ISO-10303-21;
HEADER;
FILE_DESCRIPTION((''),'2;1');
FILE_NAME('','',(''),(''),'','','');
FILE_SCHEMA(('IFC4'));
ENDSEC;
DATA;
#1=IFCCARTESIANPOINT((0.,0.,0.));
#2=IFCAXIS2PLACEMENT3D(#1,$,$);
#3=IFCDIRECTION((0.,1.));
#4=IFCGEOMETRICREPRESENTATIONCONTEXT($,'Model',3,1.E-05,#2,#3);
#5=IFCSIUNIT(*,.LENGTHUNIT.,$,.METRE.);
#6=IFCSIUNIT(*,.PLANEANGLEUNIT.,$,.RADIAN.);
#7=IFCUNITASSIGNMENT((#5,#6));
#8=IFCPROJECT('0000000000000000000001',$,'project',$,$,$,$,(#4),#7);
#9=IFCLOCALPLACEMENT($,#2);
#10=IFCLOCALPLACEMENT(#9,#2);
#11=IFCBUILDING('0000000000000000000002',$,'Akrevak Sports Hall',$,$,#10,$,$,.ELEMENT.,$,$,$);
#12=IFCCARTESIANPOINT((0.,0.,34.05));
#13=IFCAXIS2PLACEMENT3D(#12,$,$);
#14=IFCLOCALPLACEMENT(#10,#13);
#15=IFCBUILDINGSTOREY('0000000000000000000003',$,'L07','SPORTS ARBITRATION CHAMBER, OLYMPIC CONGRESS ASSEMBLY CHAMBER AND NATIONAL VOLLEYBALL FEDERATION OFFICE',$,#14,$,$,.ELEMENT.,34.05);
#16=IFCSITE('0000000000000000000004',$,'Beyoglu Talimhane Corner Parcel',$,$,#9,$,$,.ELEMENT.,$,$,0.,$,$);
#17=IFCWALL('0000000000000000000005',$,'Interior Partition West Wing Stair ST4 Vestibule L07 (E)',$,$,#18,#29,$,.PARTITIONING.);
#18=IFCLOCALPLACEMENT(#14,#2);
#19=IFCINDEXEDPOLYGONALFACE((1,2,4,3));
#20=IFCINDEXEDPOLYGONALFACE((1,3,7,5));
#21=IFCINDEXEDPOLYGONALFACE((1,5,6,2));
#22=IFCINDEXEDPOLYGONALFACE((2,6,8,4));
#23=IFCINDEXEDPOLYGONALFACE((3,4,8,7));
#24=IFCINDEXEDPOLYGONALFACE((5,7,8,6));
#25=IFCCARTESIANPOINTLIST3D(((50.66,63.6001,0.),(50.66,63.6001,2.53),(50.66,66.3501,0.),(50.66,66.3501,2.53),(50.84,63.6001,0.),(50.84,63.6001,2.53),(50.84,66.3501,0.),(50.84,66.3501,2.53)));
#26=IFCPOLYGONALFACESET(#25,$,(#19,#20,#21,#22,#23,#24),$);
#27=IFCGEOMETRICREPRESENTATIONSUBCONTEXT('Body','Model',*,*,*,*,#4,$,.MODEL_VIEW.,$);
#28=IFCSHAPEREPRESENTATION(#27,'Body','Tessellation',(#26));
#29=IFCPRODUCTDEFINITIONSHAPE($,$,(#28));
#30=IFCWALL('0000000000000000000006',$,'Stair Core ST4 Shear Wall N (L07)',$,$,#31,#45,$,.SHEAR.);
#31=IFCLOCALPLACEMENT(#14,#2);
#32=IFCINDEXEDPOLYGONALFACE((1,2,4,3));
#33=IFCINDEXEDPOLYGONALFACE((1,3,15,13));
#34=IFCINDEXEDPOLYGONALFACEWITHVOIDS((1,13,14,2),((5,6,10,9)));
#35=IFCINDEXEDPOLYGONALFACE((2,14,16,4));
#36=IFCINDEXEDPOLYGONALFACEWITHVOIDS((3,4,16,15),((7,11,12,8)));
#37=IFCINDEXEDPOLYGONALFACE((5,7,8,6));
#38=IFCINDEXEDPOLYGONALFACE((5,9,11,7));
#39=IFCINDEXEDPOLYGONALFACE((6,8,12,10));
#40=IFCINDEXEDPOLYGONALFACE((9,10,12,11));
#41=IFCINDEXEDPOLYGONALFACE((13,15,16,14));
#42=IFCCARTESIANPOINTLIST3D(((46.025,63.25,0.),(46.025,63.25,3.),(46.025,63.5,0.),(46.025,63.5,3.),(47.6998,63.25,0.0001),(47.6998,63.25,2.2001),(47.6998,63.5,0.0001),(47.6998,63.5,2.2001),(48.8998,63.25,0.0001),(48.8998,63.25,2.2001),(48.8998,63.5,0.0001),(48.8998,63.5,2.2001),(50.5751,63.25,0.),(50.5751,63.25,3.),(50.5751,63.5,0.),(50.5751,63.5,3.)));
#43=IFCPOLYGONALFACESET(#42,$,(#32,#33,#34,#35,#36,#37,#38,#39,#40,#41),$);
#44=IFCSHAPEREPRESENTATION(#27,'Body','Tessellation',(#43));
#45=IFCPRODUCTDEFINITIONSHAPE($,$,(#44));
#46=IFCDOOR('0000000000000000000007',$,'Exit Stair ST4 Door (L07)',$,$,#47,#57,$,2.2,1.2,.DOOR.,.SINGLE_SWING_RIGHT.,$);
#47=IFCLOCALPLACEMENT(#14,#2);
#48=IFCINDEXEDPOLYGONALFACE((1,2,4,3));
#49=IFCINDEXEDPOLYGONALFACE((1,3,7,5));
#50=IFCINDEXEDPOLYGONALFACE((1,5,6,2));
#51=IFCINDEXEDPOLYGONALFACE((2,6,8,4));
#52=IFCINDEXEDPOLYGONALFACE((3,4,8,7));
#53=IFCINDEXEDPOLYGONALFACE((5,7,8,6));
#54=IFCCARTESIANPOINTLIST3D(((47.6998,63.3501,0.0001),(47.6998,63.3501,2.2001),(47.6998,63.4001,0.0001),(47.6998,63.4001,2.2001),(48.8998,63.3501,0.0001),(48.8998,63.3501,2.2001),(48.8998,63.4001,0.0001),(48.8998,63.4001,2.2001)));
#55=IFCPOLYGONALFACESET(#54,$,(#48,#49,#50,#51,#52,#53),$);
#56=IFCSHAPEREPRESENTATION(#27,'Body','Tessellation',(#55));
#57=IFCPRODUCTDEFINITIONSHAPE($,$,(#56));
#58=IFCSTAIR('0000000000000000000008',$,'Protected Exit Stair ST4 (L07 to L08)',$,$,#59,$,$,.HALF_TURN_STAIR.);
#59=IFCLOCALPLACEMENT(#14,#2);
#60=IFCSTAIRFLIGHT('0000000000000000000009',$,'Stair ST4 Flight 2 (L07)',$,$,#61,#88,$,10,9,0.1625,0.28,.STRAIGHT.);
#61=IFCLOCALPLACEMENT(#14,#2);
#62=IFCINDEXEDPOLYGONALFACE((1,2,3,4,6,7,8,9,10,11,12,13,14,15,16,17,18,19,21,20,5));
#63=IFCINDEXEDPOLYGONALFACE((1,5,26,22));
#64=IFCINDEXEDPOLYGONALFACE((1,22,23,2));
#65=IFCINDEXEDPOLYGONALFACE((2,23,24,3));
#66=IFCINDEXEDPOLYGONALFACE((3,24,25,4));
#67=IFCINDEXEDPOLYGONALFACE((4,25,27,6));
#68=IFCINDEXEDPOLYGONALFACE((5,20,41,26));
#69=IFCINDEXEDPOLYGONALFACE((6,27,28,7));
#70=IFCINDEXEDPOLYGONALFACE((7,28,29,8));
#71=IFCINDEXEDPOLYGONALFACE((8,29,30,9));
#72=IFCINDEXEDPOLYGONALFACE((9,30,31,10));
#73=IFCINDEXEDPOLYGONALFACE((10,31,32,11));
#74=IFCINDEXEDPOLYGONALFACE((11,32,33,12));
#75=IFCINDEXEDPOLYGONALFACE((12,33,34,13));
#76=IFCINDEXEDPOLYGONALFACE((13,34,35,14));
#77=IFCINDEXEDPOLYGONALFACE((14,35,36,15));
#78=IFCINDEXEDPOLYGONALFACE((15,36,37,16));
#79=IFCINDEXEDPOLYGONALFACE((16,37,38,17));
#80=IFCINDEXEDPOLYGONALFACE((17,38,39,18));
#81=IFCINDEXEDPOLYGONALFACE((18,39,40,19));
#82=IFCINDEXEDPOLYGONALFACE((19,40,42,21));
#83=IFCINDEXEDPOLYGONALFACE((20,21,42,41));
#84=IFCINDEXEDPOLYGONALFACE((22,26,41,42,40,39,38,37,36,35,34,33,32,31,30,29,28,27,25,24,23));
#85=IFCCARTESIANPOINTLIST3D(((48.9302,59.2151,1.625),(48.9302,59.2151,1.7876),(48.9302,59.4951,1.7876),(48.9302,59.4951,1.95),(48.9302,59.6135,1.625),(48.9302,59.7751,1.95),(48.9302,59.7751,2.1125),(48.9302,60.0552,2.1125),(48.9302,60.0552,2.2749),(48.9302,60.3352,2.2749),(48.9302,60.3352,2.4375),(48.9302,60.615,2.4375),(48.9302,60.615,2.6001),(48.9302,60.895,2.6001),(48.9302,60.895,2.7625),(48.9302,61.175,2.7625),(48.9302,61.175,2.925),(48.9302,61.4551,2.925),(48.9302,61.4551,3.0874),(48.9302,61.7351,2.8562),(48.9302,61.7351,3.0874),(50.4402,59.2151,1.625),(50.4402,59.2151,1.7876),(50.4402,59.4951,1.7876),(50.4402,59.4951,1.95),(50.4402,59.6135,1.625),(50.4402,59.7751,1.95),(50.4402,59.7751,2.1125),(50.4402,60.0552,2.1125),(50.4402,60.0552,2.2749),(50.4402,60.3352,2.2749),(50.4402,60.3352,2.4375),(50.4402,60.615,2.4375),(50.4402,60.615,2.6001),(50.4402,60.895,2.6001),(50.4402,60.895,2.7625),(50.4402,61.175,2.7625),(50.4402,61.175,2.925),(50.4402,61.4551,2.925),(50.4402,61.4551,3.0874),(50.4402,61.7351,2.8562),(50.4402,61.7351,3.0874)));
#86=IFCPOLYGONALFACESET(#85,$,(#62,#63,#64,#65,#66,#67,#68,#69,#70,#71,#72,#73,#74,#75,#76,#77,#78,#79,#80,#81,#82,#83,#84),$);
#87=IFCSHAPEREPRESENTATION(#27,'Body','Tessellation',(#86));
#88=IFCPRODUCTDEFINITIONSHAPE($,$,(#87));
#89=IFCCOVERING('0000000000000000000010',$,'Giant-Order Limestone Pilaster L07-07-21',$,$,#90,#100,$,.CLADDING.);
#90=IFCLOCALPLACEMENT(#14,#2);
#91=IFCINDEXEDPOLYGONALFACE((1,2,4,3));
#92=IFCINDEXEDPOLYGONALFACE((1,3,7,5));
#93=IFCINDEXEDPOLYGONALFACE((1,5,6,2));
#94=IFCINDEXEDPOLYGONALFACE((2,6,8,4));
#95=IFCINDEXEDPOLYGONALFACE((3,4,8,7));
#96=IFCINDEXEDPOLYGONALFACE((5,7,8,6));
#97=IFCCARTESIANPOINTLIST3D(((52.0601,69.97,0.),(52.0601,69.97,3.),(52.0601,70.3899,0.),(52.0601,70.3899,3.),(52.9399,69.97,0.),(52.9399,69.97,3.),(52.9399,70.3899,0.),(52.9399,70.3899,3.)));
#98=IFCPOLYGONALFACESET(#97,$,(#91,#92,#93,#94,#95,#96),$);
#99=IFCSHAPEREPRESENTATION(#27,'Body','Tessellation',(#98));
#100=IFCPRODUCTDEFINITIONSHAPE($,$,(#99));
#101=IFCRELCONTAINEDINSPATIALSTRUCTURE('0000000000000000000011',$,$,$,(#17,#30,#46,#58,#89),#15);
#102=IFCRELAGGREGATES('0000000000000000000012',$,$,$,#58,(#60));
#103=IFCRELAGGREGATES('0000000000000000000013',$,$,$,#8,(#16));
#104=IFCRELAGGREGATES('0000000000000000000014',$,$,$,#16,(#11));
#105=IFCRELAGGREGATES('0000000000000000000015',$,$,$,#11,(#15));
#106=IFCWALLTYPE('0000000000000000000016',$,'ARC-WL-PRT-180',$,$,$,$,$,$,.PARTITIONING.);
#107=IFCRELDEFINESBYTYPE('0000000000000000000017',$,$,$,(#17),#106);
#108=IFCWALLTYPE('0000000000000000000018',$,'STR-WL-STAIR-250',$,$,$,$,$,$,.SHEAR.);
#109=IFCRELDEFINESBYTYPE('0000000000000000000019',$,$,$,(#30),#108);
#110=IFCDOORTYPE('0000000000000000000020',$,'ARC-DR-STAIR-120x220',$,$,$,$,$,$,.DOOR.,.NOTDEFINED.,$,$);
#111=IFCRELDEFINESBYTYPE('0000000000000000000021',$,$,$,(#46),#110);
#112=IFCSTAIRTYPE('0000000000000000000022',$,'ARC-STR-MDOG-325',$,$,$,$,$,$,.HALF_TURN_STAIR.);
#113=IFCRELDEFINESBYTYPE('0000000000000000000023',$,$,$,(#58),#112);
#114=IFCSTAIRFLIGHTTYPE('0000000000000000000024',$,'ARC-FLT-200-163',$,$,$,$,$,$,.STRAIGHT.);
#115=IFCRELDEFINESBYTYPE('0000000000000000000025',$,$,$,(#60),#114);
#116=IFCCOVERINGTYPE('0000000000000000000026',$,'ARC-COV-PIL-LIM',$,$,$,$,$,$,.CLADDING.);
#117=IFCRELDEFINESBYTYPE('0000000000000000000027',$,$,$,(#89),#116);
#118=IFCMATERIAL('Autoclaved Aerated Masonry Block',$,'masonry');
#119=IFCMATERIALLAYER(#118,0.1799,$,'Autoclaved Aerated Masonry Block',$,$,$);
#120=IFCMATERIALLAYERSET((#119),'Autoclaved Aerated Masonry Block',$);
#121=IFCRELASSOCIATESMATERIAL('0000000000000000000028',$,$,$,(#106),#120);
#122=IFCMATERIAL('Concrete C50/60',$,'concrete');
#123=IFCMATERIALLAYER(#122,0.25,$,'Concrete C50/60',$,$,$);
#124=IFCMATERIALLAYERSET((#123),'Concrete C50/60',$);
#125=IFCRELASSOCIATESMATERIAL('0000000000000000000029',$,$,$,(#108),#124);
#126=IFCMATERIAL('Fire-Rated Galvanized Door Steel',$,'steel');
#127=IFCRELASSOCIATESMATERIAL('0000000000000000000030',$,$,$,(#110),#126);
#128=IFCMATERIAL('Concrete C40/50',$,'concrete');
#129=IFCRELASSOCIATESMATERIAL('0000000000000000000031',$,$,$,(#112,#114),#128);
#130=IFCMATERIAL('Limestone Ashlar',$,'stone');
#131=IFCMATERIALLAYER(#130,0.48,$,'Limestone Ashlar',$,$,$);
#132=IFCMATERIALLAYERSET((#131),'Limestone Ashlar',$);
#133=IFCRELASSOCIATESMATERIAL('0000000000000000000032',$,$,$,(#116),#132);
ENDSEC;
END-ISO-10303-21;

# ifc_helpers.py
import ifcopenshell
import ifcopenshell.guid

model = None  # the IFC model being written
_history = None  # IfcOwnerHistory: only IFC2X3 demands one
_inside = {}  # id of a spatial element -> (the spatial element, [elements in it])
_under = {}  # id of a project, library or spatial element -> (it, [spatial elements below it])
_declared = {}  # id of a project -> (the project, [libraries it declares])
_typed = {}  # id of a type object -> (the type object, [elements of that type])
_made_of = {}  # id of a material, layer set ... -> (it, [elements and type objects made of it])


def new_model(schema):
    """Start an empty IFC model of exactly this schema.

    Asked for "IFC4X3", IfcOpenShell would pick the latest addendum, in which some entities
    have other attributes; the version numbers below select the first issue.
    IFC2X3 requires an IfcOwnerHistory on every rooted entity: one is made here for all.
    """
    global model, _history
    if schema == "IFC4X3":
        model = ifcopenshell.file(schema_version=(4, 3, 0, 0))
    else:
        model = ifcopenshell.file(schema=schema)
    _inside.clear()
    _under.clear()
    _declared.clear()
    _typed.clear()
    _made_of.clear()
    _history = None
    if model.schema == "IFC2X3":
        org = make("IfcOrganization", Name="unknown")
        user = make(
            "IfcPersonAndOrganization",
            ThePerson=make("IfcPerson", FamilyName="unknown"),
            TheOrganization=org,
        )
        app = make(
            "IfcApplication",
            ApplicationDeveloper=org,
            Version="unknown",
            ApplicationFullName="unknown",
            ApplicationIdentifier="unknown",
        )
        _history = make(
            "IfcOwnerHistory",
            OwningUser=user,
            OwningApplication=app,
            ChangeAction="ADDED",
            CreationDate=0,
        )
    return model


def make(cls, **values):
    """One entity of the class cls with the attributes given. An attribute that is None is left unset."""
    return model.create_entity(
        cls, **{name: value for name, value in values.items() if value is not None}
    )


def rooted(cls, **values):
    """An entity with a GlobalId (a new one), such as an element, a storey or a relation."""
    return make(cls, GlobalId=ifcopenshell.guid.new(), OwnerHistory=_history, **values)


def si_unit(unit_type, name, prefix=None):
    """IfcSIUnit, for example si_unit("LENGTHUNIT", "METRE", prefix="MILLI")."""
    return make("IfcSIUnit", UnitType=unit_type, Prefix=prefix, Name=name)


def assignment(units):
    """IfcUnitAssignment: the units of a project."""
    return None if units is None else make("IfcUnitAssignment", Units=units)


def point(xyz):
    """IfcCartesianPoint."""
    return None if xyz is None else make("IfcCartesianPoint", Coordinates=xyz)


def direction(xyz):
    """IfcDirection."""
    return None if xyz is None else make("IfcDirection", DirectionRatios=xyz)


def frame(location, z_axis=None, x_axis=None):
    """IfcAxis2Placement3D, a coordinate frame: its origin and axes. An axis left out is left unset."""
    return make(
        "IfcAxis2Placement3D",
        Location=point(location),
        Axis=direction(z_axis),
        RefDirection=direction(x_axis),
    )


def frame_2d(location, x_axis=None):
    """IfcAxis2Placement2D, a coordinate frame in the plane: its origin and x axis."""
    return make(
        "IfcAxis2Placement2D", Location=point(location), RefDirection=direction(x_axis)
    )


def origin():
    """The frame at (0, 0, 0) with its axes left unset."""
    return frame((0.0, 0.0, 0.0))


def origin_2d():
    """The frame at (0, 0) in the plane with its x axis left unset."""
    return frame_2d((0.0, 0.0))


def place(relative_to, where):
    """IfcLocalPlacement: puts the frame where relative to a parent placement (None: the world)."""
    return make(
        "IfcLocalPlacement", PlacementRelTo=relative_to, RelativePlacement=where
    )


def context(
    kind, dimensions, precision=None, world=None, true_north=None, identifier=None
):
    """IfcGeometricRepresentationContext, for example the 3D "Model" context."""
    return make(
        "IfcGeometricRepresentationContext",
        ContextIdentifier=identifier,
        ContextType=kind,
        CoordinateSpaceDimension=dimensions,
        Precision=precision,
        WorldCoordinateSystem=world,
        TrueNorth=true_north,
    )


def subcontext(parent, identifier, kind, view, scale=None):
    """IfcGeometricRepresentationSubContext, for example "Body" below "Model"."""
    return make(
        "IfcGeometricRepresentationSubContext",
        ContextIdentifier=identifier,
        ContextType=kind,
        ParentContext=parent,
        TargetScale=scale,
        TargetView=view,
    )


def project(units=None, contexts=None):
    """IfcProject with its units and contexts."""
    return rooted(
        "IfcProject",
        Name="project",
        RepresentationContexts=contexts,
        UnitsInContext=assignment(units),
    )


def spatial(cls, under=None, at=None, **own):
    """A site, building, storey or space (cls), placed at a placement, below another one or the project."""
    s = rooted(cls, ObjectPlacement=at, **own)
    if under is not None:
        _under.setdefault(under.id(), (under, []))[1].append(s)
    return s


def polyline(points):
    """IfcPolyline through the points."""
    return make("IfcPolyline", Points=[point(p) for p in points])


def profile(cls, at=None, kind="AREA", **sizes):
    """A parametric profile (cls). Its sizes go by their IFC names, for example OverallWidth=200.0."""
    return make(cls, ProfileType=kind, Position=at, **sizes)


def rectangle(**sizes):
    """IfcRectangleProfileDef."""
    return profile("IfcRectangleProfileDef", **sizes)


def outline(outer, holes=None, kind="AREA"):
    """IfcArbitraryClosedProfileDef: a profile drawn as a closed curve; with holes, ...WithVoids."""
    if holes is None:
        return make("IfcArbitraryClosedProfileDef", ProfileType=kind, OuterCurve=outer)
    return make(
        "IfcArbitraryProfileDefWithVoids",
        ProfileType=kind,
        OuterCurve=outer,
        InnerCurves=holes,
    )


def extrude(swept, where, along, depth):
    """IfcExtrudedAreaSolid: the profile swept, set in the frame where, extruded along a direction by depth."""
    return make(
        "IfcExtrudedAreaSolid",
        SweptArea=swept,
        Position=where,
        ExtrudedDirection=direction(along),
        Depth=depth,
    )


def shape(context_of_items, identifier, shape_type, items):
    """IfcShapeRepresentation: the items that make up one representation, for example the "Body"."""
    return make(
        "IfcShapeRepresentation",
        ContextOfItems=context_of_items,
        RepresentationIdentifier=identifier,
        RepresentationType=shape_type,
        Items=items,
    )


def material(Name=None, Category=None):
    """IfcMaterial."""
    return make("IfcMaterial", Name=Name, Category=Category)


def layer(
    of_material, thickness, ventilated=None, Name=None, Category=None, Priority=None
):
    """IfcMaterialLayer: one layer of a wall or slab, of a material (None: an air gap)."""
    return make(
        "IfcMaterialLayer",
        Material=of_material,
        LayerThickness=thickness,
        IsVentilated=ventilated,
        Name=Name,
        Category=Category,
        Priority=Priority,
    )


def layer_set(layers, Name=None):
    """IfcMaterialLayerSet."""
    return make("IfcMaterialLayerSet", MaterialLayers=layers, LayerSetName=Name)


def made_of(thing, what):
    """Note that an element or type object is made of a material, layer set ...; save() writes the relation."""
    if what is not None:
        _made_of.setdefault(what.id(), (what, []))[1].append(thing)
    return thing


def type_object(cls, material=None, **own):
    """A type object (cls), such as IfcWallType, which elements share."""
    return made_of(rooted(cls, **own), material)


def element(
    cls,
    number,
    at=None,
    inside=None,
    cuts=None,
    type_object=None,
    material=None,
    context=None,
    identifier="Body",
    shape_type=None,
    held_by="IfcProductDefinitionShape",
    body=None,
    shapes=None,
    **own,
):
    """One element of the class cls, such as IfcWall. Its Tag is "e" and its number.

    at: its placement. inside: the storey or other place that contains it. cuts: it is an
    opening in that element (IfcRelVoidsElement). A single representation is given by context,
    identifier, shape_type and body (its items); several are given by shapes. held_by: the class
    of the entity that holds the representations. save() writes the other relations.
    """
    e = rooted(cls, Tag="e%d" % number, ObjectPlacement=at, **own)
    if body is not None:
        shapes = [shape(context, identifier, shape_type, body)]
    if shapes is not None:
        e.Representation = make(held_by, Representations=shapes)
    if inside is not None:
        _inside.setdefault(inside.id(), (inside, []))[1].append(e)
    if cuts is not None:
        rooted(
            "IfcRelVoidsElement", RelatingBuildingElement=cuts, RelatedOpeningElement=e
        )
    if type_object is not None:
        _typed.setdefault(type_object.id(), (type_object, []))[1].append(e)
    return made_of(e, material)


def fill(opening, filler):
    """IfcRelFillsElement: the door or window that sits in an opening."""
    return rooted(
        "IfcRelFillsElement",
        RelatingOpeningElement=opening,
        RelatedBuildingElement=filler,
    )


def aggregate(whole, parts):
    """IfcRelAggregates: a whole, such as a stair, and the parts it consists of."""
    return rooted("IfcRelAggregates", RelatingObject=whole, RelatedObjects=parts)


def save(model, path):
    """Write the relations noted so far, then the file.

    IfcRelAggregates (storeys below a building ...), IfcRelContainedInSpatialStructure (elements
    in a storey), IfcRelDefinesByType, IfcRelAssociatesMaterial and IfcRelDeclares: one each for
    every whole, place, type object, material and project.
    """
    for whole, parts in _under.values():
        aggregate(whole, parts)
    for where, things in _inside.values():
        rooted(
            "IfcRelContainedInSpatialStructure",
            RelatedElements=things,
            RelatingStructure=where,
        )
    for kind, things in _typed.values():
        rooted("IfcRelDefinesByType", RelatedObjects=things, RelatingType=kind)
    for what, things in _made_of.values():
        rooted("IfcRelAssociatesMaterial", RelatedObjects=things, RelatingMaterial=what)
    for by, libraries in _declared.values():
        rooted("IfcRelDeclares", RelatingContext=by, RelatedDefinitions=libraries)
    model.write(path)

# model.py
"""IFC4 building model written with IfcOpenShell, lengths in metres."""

from ifc_helpers import new_model, si_unit, direction, frame, frame_2d, origin, origin_2d, place, context, subcontext, project, spatial, polyline, rectangle, outline, extrude, material, layer, layer_set, type_object, element, fill, aggregate, save


model = new_model("IFC4")

# Units and contexts
model_context = context("Model", 3, precision=1e-05, world=origin(), true_north=direction((0.0, 1.0)))
body_context = subcontext(model_context, "Body", "Model", "MODEL_VIEW")
ifc_project = project(units=[si_unit("LENGTHUNIT", "METRE"), si_unit("PLANEANGLEUNIT", "RADIAN")], contexts=[model_context])

# Site, building, storey
site_placement = place(None, origin())
site = spatial("IfcSite", under=ifc_project, at=site_placement, Name="Beyoglu Talimhane Corner Parcel", CompositionType="ELEMENT", RefElevation=0.0)
building_placement = place(site_placement, origin())
building = spatial("IfcBuilding", under=site, at=building_placement, Name="Akrevak Sports Hall", CompositionType="ELEMENT")
storey_placement = place(building_placement, frame((0.0, 0.0, 34.05)))
storey = spatial("IfcBuildingStorey", under=building, at=storey_placement, Name="L07", Description="SPORTS ARBITRATION CHAMBER, OLYMPIC CONGRESS ASSEMBLY CHAMBER AND NATIONAL VOLLEYBALL FEDERATION OFFICE", CompositionType="ELEMENT", Elevation=34.05)

# Shared definitions
ifc_material_1 = material(Name="Concrete C40/50", Category="concrete")

# Shared definitions
ifc_material_2 = material(Name="Limestone Ashlar", Category="stone")

# Wall
ifc_material_3 = material(Name="Autoclaved Aerated Masonry Block", Category="masonry")
ifc_layer_1 = layer(ifc_material_3, 0.1799, Name="Autoclaved Aerated Masonry Block")
ifc_layer_set_1 = layer_set([ifc_layer_1], Name="Autoclaved Aerated Masonry Block")
wall_type_1 = type_object("IfcWallType", Name="ARC-WL-PRT-180", PredefinedType="PARTITIONING", material=ifc_layer_set_1)
wall_1_placement = place(storey_placement, frame((50.75, 63.6001, 0.0), z_axis=(0.0, 0.0, 1.0), x_axis=(0.0, 1.0, 0.0)))
element("IfcWall", 1, at=wall_1_placement, inside=storey, type_object=wall_type_1, Name="Interior Partition West Wing Stair ST4 Vestibule L07 (E)", PredefinedType="PARTITIONING", context=body_context, shape_type="SweptSolid", body=[
    extrude(rectangle(XDim=2.75, YDim=0.1799, at=frame_2d((1.375, 0.0))), origin(), (0.0, 0.0, 1.0), 2.53),
])

# Wall, opening, door
ifc_material_4 = material(Name="Concrete C50/60", Category="concrete")
ifc_layer_2 = layer(ifc_material_4, 0.25, Name="Concrete C50/60")
ifc_layer_set_2 = layer_set([ifc_layer_2], Name="Concrete C50/60")
wall_type_2 = type_object("IfcWallType", Name="STR-WL-STAIR-250", PredefinedType="SHEAR", material=ifc_layer_set_2)
wall_2_placement = place(storey_placement, frame((50.575, 63.375, 0.0), z_axis=(0.0, 0.0, 1.0), x_axis=(-1.0, 0.0, 0.0)))
wall_2 = element("IfcWall", 2, at=wall_2_placement, inside=storey, type_object=wall_type_2, Name="Stair Core ST4 Shear Wall N (L07)", PredefinedType="SHEAR", context=body_context, shape_type="SweptSolid", body=[
    extrude(rectangle(XDim=4.55, YDim=0.25, at=frame_2d((2.2749, 0.0))), origin(), (0.0, 0.0, 1.0), 3.0),
])
opening_1_placement = place(wall_2_placement, frame((1.675, 0.0, 0.0)))
opening_1 = element("IfcOpeningElement", 3, at=opening_1_placement, cuts=wall_2, PredefinedType="OPENING", context=body_context, shape_type="SweptSolid", body=[
    extrude(rectangle(XDim=1.2, YDim=2.2, at=frame_2d((0.6001, 1.1001))), frame((0.0, 0.137, 0.0), z_axis=(0.0, -1.0, 0.0), x_axis=(1.0, 0.0, 0.0)), (0.0, 0.0, 1.0), 0.2739),
])
ifc_material_5 = material(Name="Fire-Rated Galvanized Door Steel", Category="steel")
door_type_1 = type_object("IfcDoorType", Name="ARC-DR-STAIR-120x220", OperationType="NOTDEFINED", PredefinedType="DOOR", material=ifc_material_5)
door_1_placement = place(opening_1_placement, origin())
door_1 = element("IfcDoor", 4, at=door_1_placement, inside=storey, type_object=door_type_1, Name="Exit Stair ST4 Door (L07)", OperationType="SINGLE_SWING_RIGHT", OverallHeight=2.2, OverallWidth=1.2, PredefinedType="DOOR", context=body_context, shape_type="SweptSolid", body=[
    extrude(rectangle(XDim=1.2, YDim=2.2, at=frame_2d((0.6001, 1.1001))), frame((0.0, 0.0249, 0.0), z_axis=(0.0, -1.0, 0.0), x_axis=(1.0, 0.0, 0.0)), (0.0, 0.0, 1.0), 0.05),
])
fill(opening_1, door_1)

# Stair, stair flight
stair_type = type_object("IfcStairType", Name="ARC-STR-MDOG-325", PredefinedType="HALF_TURN_STAIR", material=ifc_material_1)
stair_placement = place(storey_placement, origin())
stair = element("IfcStair", 5, at=stair_placement, inside=storey, type_object=stair_type, Name="Protected Exit Stair ST4 (L07 to L08)", PredefinedType="HALF_TURN_STAIR")
stair_flight_type = type_object("IfcStairFlightType", Name="ARC-FLT-200-163", PredefinedType="STRAIGHT", material=ifc_material_1)
stair_flight_placement = place(storey_placement, frame((49.6851, 59.2151, 1.625), z_axis=(0.0, 0.0, 1.0), x_axis=(0.0, 1.0, 0.0)))
stair_flight = element("IfcStairFlight", 6, at=stair_flight_placement, type_object=stair_flight_type, Name="Stair ST4 Flight 2 (L07)", NumberOfRisers=10, NumberOfTreads=9, PredefinedType="STRAIGHT", RiserHeight=0.1625, TreadLength=0.28, context=body_context, shape_type="SweptSolid", body=[
    extrude(outline(polyline([(0.0, 0.0), (0.0, 0.1626), (0.28, 0.1626), (0.28, 0.325), (0.5601, 0.325), (0.5601, 0.4875), (0.8401, 0.4875), (0.8401, 0.6499), (1.1201, 0.6499), (1.1201, 0.8125), (1.3999, 0.8125), (1.3999, 0.9751), (1.6799, 0.9751), (1.6799, 1.1375), (1.96, 1.1375), (1.96, 1.3), (2.24, 1.3), (2.24, 1.4624), (2.52, 1.4624), (2.52, 1.625), (2.52, 1.2312), (0.3984, 0.0), (0.0, 0.0)])), frame((0.0, 0.7549, 0.0), z_axis=(0.0, -1.0, 0.0), x_axis=(1.0, 0.0, 0.0)), (0.0, 0.0, 1.0), 1.51),
])
aggregate(stair, [stair_flight])

# Covering
ifc_layer_3 = layer(ifc_material_2, 0.48, Name="Limestone Ashlar")
ifc_layer_set_3 = layer_set([ifc_layer_3], Name="Limestone Ashlar")
covering_type = type_object("IfcCoveringType", Name="ARC-COV-PIL-LIM", PredefinedType="CLADDING", material=ifc_layer_set_3)
covering_placement = place(storey_placement, frame((52.5, 70.1799, 0.0), z_axis=(0.0, 0.0, 1.0), x_axis=(-1.0, 0.0, 0.0)))
element("IfcCovering", 7, at=covering_placement, inside=storey, type_object=covering_type, Name="Giant-Order Limestone Pilaster L07-07-21", PredefinedType="CLADDING", context=body_context, shape_type="SweptSolid", body=[
    extrude(rectangle(XDim=0.8799, YDim=0.4199, at=origin_2d()), origin(), (0.0, 0.0, 1.0), 3.0),
])

save(model, "model.ifc")
